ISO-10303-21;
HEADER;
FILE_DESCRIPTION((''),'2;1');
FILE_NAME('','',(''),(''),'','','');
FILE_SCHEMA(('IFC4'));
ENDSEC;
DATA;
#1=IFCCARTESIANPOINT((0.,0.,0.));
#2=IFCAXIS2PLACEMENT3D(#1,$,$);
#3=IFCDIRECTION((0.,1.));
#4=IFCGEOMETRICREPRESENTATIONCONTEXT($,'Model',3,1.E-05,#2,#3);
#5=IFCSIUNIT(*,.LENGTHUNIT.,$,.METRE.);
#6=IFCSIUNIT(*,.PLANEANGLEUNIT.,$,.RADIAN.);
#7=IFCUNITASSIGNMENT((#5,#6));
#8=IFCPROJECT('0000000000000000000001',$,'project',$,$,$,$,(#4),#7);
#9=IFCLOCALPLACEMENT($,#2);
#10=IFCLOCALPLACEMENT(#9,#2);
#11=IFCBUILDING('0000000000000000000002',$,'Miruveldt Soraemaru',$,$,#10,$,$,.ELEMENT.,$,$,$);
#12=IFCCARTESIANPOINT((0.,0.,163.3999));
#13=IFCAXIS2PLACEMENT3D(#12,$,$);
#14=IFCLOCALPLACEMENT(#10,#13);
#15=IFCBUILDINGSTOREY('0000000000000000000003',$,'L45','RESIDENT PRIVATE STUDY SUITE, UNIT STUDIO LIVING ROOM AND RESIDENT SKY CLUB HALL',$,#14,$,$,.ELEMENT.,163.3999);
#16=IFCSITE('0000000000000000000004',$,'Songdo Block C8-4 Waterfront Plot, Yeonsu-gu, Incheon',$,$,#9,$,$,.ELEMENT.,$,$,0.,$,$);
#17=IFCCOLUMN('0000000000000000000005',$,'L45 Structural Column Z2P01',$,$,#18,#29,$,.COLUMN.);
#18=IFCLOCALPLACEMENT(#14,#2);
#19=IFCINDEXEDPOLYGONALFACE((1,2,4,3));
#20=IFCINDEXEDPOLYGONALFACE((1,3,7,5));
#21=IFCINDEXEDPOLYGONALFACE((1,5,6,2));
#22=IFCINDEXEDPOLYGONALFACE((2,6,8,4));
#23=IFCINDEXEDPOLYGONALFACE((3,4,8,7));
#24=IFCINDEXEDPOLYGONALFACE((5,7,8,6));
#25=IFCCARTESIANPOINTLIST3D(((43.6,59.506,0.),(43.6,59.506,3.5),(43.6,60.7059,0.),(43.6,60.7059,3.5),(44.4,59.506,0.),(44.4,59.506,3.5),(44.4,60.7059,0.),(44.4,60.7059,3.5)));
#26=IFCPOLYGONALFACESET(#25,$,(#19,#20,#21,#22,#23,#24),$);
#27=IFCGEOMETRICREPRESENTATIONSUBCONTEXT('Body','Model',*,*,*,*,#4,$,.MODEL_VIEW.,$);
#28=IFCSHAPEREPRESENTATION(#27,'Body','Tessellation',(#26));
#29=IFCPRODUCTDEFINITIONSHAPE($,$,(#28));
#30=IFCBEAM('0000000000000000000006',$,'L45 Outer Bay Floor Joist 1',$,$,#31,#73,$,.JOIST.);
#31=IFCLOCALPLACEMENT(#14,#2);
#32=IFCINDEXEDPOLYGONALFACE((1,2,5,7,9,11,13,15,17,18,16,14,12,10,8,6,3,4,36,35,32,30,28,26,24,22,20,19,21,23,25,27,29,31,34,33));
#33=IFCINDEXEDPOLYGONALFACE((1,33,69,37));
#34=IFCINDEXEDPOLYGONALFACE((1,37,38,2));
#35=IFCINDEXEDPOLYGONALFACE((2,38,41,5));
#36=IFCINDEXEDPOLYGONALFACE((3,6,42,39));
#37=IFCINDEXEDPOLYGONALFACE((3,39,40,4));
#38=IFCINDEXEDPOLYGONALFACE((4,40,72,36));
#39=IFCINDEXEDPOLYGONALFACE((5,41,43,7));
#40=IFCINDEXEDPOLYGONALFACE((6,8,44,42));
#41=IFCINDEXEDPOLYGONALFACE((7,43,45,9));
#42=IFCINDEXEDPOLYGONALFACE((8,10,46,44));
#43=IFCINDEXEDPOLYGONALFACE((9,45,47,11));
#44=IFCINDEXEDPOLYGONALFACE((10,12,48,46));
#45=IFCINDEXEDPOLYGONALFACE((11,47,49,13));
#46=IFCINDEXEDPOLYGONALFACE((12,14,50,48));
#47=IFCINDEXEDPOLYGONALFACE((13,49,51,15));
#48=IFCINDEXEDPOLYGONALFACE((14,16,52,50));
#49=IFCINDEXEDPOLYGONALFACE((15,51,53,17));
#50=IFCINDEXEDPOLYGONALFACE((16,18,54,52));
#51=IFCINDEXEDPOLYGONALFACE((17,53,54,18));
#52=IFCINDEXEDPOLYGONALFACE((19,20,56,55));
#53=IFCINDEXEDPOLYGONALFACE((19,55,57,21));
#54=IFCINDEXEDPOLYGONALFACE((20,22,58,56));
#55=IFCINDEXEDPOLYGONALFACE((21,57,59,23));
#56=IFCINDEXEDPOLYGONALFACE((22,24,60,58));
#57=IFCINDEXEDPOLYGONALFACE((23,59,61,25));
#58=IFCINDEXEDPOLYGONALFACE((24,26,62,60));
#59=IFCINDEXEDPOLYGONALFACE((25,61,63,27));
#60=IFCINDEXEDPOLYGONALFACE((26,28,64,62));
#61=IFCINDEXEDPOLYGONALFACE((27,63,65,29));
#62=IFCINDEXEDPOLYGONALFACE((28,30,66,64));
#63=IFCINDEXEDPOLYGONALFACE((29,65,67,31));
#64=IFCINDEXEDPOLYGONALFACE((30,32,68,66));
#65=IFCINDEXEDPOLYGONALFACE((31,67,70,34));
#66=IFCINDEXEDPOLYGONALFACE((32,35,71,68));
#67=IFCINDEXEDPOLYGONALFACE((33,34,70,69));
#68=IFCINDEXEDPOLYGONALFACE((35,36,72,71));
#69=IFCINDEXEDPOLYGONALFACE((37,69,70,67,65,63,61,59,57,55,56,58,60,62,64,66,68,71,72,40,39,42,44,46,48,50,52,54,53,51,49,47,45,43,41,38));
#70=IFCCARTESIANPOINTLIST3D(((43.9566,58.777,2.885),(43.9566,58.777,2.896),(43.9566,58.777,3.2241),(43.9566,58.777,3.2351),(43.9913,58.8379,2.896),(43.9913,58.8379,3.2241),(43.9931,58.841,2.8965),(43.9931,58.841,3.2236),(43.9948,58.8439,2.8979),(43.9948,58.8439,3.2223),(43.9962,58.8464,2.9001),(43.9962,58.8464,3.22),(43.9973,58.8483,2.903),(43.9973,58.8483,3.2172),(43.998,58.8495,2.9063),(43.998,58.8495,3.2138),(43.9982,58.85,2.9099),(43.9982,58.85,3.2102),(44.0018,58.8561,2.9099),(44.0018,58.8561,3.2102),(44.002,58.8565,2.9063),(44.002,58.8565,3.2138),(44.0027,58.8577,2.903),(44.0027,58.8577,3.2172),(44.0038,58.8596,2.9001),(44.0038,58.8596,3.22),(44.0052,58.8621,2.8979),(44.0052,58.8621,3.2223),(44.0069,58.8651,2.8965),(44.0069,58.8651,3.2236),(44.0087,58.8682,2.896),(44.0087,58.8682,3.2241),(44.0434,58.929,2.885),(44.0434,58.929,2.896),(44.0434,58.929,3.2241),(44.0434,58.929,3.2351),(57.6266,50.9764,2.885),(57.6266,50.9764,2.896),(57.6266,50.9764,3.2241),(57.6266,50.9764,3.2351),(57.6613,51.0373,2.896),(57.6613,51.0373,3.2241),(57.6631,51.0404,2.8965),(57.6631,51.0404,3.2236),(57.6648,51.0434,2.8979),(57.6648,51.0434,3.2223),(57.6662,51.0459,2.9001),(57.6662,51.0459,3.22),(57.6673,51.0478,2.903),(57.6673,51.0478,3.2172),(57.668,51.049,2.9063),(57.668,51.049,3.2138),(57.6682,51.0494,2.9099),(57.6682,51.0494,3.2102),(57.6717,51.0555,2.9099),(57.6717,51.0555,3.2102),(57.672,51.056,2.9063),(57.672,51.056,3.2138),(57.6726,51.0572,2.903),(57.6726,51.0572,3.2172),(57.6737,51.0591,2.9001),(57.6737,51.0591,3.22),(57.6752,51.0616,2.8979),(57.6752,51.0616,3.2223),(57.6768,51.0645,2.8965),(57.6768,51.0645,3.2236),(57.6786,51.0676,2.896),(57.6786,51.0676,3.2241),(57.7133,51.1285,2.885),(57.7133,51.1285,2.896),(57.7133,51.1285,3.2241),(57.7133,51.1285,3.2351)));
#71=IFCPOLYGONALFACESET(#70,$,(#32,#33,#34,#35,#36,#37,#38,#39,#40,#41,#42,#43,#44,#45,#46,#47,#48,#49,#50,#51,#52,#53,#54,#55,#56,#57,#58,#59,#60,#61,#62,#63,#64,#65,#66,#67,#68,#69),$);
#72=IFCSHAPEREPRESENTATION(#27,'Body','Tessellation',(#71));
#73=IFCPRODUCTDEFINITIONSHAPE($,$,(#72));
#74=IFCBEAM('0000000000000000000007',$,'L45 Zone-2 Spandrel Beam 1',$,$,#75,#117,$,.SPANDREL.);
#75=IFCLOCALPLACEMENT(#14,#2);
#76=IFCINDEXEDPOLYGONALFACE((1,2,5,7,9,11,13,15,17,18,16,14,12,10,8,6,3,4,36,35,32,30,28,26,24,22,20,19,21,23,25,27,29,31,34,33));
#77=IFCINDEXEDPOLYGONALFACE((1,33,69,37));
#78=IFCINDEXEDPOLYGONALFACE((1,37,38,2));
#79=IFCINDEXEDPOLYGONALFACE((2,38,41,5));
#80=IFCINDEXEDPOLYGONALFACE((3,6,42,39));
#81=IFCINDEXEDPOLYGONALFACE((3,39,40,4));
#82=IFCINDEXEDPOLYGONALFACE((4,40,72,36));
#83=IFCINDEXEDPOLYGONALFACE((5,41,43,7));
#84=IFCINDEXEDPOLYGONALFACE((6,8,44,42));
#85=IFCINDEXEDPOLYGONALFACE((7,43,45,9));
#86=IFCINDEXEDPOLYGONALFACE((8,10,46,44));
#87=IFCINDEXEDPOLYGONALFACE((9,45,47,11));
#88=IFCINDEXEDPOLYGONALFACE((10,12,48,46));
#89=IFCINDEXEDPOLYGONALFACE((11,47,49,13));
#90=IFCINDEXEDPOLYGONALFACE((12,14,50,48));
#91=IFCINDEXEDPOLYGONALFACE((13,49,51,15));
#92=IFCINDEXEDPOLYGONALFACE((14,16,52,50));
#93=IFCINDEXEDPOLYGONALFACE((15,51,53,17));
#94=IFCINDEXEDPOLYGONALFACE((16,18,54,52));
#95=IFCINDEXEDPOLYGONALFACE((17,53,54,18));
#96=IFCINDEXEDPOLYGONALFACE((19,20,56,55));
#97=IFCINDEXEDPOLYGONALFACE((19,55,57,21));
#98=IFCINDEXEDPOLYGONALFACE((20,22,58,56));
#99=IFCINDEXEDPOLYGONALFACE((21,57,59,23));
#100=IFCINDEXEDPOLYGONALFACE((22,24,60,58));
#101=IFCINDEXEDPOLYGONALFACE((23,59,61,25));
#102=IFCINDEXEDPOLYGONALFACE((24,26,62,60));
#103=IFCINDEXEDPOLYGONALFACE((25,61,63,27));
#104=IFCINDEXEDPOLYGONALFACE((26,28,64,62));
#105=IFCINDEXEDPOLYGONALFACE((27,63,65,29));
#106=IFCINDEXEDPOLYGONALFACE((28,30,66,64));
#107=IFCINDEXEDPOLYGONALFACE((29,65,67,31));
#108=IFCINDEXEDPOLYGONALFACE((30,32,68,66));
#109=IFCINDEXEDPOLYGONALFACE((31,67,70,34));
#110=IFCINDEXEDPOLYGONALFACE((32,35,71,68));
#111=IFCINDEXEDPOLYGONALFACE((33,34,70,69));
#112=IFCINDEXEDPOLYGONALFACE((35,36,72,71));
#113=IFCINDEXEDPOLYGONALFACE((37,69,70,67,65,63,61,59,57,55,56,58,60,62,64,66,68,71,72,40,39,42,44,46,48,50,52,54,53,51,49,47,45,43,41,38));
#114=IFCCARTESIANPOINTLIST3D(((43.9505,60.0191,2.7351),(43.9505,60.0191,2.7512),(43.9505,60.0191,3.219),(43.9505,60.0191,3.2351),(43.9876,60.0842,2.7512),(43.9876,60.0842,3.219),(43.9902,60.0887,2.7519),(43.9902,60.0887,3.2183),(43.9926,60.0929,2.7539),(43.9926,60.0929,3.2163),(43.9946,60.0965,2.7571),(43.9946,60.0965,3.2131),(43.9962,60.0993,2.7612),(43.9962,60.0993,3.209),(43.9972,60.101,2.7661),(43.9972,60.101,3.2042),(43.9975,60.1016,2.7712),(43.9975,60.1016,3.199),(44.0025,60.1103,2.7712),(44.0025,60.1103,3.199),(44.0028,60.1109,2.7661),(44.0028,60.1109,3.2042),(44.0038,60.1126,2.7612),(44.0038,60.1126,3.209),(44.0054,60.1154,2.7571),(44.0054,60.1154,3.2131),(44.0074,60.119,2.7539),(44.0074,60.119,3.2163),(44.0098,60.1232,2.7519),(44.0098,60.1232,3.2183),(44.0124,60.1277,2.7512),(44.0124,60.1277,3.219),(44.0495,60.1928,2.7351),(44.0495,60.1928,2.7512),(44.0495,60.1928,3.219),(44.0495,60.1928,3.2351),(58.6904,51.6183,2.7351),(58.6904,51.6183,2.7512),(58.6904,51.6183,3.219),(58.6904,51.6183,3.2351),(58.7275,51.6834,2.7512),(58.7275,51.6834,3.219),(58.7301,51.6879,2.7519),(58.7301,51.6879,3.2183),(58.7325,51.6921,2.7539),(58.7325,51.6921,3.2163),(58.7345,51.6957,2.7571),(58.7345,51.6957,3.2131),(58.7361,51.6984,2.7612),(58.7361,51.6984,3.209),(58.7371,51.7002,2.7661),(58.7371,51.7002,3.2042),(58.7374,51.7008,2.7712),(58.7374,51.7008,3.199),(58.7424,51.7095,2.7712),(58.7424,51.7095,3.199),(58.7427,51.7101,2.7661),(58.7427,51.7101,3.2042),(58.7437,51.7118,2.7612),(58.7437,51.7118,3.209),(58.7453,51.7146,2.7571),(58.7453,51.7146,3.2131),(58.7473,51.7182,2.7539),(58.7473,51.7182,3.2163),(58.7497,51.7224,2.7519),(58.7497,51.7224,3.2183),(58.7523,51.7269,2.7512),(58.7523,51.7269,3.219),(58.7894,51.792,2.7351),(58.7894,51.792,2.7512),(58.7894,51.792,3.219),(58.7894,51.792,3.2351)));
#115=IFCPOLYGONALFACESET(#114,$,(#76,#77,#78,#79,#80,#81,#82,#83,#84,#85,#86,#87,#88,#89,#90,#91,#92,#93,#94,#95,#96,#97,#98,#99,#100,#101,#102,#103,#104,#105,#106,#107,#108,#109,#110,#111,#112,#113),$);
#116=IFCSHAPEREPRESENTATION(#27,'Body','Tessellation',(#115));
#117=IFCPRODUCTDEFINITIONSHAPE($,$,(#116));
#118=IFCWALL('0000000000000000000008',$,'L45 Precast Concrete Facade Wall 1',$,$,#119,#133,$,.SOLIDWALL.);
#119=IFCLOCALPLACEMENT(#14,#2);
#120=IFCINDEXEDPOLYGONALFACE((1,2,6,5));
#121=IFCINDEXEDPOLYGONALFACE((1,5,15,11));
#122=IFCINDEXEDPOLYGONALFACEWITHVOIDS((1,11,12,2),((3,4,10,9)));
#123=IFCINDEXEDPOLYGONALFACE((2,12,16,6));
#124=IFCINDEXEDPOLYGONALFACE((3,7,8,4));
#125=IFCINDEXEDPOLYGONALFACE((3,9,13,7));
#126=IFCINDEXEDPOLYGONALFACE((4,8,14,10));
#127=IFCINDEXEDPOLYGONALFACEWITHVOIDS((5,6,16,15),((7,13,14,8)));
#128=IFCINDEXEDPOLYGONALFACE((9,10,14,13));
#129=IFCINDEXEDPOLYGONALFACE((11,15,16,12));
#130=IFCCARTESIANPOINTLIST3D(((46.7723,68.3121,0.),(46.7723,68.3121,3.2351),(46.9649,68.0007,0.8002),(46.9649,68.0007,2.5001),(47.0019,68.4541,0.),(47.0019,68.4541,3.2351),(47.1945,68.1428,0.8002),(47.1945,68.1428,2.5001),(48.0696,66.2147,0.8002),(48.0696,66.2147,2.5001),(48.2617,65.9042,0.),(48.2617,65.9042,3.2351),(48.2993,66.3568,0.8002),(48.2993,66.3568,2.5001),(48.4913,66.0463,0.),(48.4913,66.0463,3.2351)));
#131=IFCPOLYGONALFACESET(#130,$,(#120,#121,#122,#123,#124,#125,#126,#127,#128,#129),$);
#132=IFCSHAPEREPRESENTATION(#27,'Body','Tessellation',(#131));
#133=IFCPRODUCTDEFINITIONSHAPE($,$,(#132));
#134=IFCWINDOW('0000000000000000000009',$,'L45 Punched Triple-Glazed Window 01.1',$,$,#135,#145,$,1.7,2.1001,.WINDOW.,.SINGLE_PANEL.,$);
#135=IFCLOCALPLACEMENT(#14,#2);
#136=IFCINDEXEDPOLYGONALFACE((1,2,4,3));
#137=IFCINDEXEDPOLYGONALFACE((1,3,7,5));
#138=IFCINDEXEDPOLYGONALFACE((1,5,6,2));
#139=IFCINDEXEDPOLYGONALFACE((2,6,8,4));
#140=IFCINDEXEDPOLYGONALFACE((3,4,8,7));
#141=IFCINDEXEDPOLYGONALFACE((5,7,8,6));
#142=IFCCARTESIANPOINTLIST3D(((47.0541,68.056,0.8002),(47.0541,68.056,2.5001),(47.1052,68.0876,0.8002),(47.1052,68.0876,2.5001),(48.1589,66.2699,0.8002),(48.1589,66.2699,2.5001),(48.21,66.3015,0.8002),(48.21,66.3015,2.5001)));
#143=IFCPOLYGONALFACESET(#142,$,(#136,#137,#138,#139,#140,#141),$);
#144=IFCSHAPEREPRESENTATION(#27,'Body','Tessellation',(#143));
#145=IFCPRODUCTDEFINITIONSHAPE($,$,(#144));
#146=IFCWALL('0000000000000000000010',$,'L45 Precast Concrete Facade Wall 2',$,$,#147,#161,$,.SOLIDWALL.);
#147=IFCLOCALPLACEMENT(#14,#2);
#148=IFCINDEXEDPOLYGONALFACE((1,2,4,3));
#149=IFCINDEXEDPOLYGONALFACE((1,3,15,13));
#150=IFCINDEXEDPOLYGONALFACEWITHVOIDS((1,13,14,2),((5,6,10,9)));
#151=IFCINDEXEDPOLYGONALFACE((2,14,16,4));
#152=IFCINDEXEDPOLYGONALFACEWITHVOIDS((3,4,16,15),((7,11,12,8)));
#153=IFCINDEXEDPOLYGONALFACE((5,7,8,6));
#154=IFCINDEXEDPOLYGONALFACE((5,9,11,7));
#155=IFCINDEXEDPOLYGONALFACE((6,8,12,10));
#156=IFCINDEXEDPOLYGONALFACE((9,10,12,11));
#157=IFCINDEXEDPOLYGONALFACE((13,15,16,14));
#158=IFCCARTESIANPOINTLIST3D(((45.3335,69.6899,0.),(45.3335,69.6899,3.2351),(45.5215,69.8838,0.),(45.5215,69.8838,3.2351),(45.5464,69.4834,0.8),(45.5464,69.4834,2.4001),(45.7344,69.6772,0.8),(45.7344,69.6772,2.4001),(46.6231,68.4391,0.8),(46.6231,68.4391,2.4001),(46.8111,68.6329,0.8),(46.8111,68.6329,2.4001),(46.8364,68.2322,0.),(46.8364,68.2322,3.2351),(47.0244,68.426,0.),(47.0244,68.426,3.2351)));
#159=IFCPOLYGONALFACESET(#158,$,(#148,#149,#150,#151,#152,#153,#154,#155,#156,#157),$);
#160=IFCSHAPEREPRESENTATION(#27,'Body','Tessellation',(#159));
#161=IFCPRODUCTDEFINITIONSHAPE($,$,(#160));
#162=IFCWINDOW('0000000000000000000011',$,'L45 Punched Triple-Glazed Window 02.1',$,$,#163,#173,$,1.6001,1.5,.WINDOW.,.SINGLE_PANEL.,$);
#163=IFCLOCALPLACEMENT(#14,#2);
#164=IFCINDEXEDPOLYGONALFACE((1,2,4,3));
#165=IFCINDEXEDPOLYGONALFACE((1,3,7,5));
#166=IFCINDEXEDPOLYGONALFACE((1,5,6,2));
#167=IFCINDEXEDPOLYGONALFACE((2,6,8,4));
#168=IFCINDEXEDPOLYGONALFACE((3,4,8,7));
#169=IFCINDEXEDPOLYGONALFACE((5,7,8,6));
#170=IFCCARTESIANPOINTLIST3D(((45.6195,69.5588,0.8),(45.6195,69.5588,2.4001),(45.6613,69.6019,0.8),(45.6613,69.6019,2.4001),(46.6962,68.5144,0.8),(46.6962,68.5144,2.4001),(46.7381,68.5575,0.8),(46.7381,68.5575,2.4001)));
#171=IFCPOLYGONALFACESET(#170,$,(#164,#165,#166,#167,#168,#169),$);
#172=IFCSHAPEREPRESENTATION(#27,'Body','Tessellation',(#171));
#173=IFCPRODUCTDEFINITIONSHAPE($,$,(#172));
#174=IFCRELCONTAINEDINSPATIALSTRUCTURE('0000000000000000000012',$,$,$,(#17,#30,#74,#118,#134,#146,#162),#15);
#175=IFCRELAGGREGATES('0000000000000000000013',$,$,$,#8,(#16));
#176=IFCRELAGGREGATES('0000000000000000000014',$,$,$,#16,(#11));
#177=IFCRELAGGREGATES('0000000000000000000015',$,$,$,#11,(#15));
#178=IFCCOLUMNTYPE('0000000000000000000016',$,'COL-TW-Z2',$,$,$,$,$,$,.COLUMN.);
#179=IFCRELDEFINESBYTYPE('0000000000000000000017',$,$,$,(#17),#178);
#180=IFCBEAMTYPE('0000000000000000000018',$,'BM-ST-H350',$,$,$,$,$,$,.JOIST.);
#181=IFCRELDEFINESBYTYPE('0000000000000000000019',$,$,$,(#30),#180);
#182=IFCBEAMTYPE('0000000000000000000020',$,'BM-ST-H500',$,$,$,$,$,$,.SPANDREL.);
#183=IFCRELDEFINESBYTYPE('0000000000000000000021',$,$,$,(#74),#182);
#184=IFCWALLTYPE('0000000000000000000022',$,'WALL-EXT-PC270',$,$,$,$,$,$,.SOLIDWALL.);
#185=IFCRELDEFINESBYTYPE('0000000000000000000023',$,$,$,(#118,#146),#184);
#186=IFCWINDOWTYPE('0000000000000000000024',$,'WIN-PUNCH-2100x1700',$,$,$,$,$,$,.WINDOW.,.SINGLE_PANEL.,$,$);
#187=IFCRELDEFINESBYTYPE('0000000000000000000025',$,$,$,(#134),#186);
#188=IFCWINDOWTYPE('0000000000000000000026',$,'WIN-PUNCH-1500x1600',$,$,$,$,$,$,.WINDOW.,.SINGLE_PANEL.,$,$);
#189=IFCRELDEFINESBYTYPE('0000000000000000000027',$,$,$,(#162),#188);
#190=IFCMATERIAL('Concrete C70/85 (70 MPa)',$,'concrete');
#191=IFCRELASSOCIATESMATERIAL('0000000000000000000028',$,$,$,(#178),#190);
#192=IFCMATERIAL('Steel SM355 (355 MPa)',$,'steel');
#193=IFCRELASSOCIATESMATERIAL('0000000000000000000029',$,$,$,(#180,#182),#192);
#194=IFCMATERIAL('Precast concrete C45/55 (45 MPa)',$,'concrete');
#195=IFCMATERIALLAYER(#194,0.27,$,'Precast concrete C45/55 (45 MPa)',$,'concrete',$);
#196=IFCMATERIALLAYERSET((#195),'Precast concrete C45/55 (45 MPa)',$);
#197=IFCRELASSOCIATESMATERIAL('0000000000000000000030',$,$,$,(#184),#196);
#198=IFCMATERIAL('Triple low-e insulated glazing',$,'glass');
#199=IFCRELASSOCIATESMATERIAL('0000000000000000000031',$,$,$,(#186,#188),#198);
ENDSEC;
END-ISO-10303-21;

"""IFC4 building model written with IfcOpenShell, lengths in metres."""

from ifc_helpers import new_model, si_unit, direction, frame, frame_2d, origin, origin_2d, place, context, subcontext, project, spatial, rectangle, i_section, extrude, material, layer, layer_set, material_profile, profile_set, type_object, element, fill, save


model = new_model("IFC4")

# Units and contexts
model_context = context("Model", 3, precision=1e-05, world=origin(), true_north=direction((0.0, 1.0)))
body_context = subcontext(model_context, "Body", "Model", "MODEL_VIEW")
ifc_project = project(units=[si_unit("LENGTHUNIT", "METRE"), si_unit("PLANEANGLEUNIT", "RADIAN")], contexts=[model_context])

# Site, building, storey
site_placement = place(None, origin())
site = spatial("IfcSite", under=ifc_project, at=site_placement, Name="Songdo Block C8-4 Waterfront Plot, Yeonsu-gu, Incheon", CompositionType="ELEMENT", RefElevation=0.0)
building_placement = place(site_placement, origin())
building = spatial("IfcBuilding", under=site, at=building_placement, Name="Miruveldt Soraemaru", CompositionType="ELEMENT")
storey_placement = place(building_placement, frame((0.0, 0.0, 163.3999)))
storey = spatial("IfcBuildingStorey", under=building, at=storey_placement, Name="L45", Description="RESIDENT PRIVATE STUDY SUITE, UNIT STUDIO LIVING ROOM AND RESIDENT SKY CLUB HALL", CompositionType="ELEMENT", Elevation=163.3999)

# Column
ifc_material_1 = material(Name="Concrete C70/85 (70 MPa)", Category="concrete")
ifc_material_profile_1 = material_profile(ifc_material_1, rectangle(XDim=1.2, YDim=0.8, at=origin_2d()), Name="Concrete C70/85 (70 MPa)", Category="concrete")
ifc_profile_set_1 = profile_set([ifc_material_profile_1], Name="Concrete C70/85 (70 MPa)")
column_type = type_object("IfcColumnType", Name="COL-TW-Z2", PredefinedType="COLUMN", material=ifc_profile_set_1)
column_placement = place(storey_placement, frame((44.0, 60.106, 0.0), z_axis=(0.0, 0.0, 1.0), x_axis=(0.0, 1.0, 0.0)))
element("IfcColumn", 1, at=column_placement, inside=storey, type_object=column_type, Name="L45 Structural Column Z2P01", PredefinedType="COLUMN", context=body_context, shape_type="SweptSolid", body=[
    extrude(rectangle(XDim=1.2, YDim=0.8, at=origin_2d()), origin(), (0.0, 0.0, 1.0), 3.5),
])

# Beams
ifc_material_2 = material(Name="Steel SM355 (355 MPa)", Category="steel")
ifc_material_profile_2 = material_profile(ifc_material_2, i_section(OverallWidth=0.175, OverallDepth=0.3501, WebThickness=0.0071, FlangeThickness=0.011, FilletRadius=0.0139, at=origin_2d()), Name="Steel SM355 (355 MPa)", Category="steel")
ifc_profile_set_2 = profile_set([ifc_material_profile_2], Name="Steel SM355 (355 MPa)")
beam_type_1 = type_object("IfcBeamType", Name="BM-ST-H350", PredefinedType="JOIST", material=ifc_profile_set_2)
beam_1_placement = place(storey_placement, frame((44.0, 58.853, 3.0601), z_axis=(0.86854, -0.495619, 0.0), x_axis=(0.495619, 0.86854, 0.0)))
element("IfcBeam", 2, at=beam_1_placement, inside=storey, type_object=beam_type_1, Name="L45 Outer Bay Floor Joist 1", PredefinedType="JOIST", context=body_context, shape_type="SweptSolid", body=[
    extrude(i_section(OverallWidth=0.175, OverallDepth=0.3501, WebThickness=0.0071, FlangeThickness=0.011, FilletRadius=0.0139, at=origin_2d()), origin(), (0.0, 0.0, 1.0), 15.739),
])
ifc_material_profile_3 = material_profile(ifc_material_2, i_section(OverallWidth=0.2, OverallDepth=0.5, WebThickness=0.01, FlangeThickness=0.0161, FilletRadius=0.02, at=origin_2d()), Name="Steel SM355 (355 MPa)", Category="steel")
ifc_profile_set_3 = profile_set([ifc_material_profile_3], Name="Steel SM355 (355 MPa)")
beam_type_2 = type_object("IfcBeamType", Name="BM-ST-H500", PredefinedType="SPANDREL", material=ifc_profile_set_3)
beam_2_placement = place(storey_placement, frame((44.0, 60.106, 2.9851), z_axis=(0.8688, -0.495162, 0.0), x_axis=(0.495162, 0.8688, 0.0)))
element("IfcBeam", 3, at=beam_2_placement, inside=storey, type_object=beam_type_2, Name="L45 Zone-2 Spandrel Beam 1", PredefinedType="SPANDREL", context=body_context, shape_type="SweptSolid", body=[
    extrude(i_section(OverallWidth=0.2, OverallDepth=0.5, WebThickness=0.01, FlangeThickness=0.0161, FilletRadius=0.02, at=origin_2d()), origin(), (0.0, 0.0, 1.0), 16.9658),
])

# Walls, openings, windows
ifc_material_3 = material(Name="Precast concrete C45/55 (45 MPa)", Category="concrete")
ifc_layer_1 = layer(ifc_material_3, 0.27, Name="Precast concrete C45/55 (45 MPa)", Category="concrete")
ifc_layer_set_1 = layer_set([ifc_layer_1], Name="Precast concrete C45/55 (45 MPa)")
wall_type_1 = type_object("IfcWallType", Name="WALL-EXT-PC270", PredefinedType="SOLIDWALL", material=ifc_layer_set_1)
wall_1_placement = place(storey_placement, frame((48.3765, 65.9753, 0.0), z_axis=(0.0, 0.0, 1.0), x_axis=(-0.526064, 0.850445, 0.0)))
wall_1 = element("IfcWall", 4, at=wall_1_placement, inside=storey, type_object=wall_type_1, Name="L45 Precast Concrete Facade Wall 1", PredefinedType="SOLIDWALL", context=body_context, shape_type="SweptSolid", body=[
    extrude(rectangle(XDim=2.8313, YDim=0.27, at=frame_2d((1.4155, 0.0))), origin(), (0.0, 0.0, 1.0), 3.2351),
])
opening_1_placement = place(wall_1_placement, frame((0.365, 0.0, 0.8)))
opening_1 = element("IfcOpeningElement", 5, at=opening_1_placement, cuts=wall_1, PredefinedType="OPENING", context=body_context, shape_type="SweptSolid", body=[
    extrude(rectangle(XDim=2.1001, YDim=1.7, at=frame_2d((1.05, 0.8501))), frame((0.0, 0.145, 0.0), z_axis=(0.0, -1.0, 0.0), x_axis=(1.0, 0.0, 0.0)), (0.0, 0.0, 1.0), 0.29),
])
ifc_material_4 = material(Name="Triple low-e insulated glazing", Category="glass")
window_type_1 = type_object("IfcWindowType", Name="WIN-PUNCH-2100x1700", PartitioningType="SINGLE_PANEL", PredefinedType="WINDOW", material=ifc_material_4)
window_1_placement = place(opening_1_placement, origin())
window_1 = element("IfcWindow", 6, at=window_1_placement, inside=storey, type_object=window_type_1, Name="L45 Punched Triple-Glazed Window 01.1", OverallHeight=1.7, OverallWidth=2.1001, PartitioningType="SINGLE_PANEL", PredefinedType="WINDOW", context=body_context, shape_type="SweptSolid", body=[
    extrude(rectangle(XDim=2.1001, YDim=1.7, at=frame_2d((1.05, 0.8501))), frame((0.0, 0.03, 0.0), z_axis=(0.0, -1.0, 0.0), x_axis=(1.0, 0.0, 0.0)), (0.0, 0.0, 1.0), 0.0601),
])
fill(opening_1, window_1)
wall_2_placement = place(storey_placement, frame((46.9304, 68.3291, 0.0), z_axis=(0.0, 0.0, 1.0), x_axis=(-0.71781, 0.696239, 0.0)))
wall_2 = element("IfcWall", 7, at=wall_2_placement, inside=storey, type_object=wall_type_1, Name="L45 Precast Concrete Facade Wall 2", PredefinedType="SOLIDWALL", context=body_context, shape_type="SweptSolid", body=[
    extrude(rectangle(XDim=2.0938, YDim=0.27, at=frame_2d((1.0469, 0.0))), origin(), (0.0, 0.0, 1.0), 3.2351),
])
opening_2_placement = place(wall_2_placement, frame((0.2971, 0.0, 0.8)))
opening_2 = element("IfcOpeningElement", 8, at=opening_2_placement, cuts=wall_2, PredefinedType="OPENING", context=body_context, shape_type="SweptSolid", body=[
    extrude(rectangle(XDim=1.5, YDim=1.6001, at=frame_2d((0.75, 0.8))), frame((0.0, 0.145, 0.0), z_axis=(0.0, -1.0, 0.0), x_axis=(1.0, 0.0, 0.0)), (0.0, 0.0, 1.0), 0.29),
])
window_type_2 = type_object("IfcWindowType", Name="WIN-PUNCH-1500x1600", PartitioningType="SINGLE_PANEL", PredefinedType="WINDOW", material=ifc_material_4)
window_2_placement = place(opening_2_placement, origin())
window_2 = element("IfcWindow", 9, at=window_2_placement, inside=storey, type_object=window_type_2, Name="L45 Punched Triple-Glazed Window 02.1", OverallHeight=1.6001, OverallWidth=1.5, PartitioningType="SINGLE_PANEL", PredefinedType="WINDOW", context=body_context, shape_type="SweptSolid", body=[
    extrude(rectangle(XDim=1.5, YDim=1.6001, at=frame_2d((0.75, 0.8))), frame((0.0, 0.03, 0.0), z_axis=(0.0, -1.0, 0.0), x_axis=(1.0, 0.0, 0.0)), (0.0, 0.0, 1.0), 0.0601),
])
fill(opening_2, window_2)

save(model, "model.ifc")
